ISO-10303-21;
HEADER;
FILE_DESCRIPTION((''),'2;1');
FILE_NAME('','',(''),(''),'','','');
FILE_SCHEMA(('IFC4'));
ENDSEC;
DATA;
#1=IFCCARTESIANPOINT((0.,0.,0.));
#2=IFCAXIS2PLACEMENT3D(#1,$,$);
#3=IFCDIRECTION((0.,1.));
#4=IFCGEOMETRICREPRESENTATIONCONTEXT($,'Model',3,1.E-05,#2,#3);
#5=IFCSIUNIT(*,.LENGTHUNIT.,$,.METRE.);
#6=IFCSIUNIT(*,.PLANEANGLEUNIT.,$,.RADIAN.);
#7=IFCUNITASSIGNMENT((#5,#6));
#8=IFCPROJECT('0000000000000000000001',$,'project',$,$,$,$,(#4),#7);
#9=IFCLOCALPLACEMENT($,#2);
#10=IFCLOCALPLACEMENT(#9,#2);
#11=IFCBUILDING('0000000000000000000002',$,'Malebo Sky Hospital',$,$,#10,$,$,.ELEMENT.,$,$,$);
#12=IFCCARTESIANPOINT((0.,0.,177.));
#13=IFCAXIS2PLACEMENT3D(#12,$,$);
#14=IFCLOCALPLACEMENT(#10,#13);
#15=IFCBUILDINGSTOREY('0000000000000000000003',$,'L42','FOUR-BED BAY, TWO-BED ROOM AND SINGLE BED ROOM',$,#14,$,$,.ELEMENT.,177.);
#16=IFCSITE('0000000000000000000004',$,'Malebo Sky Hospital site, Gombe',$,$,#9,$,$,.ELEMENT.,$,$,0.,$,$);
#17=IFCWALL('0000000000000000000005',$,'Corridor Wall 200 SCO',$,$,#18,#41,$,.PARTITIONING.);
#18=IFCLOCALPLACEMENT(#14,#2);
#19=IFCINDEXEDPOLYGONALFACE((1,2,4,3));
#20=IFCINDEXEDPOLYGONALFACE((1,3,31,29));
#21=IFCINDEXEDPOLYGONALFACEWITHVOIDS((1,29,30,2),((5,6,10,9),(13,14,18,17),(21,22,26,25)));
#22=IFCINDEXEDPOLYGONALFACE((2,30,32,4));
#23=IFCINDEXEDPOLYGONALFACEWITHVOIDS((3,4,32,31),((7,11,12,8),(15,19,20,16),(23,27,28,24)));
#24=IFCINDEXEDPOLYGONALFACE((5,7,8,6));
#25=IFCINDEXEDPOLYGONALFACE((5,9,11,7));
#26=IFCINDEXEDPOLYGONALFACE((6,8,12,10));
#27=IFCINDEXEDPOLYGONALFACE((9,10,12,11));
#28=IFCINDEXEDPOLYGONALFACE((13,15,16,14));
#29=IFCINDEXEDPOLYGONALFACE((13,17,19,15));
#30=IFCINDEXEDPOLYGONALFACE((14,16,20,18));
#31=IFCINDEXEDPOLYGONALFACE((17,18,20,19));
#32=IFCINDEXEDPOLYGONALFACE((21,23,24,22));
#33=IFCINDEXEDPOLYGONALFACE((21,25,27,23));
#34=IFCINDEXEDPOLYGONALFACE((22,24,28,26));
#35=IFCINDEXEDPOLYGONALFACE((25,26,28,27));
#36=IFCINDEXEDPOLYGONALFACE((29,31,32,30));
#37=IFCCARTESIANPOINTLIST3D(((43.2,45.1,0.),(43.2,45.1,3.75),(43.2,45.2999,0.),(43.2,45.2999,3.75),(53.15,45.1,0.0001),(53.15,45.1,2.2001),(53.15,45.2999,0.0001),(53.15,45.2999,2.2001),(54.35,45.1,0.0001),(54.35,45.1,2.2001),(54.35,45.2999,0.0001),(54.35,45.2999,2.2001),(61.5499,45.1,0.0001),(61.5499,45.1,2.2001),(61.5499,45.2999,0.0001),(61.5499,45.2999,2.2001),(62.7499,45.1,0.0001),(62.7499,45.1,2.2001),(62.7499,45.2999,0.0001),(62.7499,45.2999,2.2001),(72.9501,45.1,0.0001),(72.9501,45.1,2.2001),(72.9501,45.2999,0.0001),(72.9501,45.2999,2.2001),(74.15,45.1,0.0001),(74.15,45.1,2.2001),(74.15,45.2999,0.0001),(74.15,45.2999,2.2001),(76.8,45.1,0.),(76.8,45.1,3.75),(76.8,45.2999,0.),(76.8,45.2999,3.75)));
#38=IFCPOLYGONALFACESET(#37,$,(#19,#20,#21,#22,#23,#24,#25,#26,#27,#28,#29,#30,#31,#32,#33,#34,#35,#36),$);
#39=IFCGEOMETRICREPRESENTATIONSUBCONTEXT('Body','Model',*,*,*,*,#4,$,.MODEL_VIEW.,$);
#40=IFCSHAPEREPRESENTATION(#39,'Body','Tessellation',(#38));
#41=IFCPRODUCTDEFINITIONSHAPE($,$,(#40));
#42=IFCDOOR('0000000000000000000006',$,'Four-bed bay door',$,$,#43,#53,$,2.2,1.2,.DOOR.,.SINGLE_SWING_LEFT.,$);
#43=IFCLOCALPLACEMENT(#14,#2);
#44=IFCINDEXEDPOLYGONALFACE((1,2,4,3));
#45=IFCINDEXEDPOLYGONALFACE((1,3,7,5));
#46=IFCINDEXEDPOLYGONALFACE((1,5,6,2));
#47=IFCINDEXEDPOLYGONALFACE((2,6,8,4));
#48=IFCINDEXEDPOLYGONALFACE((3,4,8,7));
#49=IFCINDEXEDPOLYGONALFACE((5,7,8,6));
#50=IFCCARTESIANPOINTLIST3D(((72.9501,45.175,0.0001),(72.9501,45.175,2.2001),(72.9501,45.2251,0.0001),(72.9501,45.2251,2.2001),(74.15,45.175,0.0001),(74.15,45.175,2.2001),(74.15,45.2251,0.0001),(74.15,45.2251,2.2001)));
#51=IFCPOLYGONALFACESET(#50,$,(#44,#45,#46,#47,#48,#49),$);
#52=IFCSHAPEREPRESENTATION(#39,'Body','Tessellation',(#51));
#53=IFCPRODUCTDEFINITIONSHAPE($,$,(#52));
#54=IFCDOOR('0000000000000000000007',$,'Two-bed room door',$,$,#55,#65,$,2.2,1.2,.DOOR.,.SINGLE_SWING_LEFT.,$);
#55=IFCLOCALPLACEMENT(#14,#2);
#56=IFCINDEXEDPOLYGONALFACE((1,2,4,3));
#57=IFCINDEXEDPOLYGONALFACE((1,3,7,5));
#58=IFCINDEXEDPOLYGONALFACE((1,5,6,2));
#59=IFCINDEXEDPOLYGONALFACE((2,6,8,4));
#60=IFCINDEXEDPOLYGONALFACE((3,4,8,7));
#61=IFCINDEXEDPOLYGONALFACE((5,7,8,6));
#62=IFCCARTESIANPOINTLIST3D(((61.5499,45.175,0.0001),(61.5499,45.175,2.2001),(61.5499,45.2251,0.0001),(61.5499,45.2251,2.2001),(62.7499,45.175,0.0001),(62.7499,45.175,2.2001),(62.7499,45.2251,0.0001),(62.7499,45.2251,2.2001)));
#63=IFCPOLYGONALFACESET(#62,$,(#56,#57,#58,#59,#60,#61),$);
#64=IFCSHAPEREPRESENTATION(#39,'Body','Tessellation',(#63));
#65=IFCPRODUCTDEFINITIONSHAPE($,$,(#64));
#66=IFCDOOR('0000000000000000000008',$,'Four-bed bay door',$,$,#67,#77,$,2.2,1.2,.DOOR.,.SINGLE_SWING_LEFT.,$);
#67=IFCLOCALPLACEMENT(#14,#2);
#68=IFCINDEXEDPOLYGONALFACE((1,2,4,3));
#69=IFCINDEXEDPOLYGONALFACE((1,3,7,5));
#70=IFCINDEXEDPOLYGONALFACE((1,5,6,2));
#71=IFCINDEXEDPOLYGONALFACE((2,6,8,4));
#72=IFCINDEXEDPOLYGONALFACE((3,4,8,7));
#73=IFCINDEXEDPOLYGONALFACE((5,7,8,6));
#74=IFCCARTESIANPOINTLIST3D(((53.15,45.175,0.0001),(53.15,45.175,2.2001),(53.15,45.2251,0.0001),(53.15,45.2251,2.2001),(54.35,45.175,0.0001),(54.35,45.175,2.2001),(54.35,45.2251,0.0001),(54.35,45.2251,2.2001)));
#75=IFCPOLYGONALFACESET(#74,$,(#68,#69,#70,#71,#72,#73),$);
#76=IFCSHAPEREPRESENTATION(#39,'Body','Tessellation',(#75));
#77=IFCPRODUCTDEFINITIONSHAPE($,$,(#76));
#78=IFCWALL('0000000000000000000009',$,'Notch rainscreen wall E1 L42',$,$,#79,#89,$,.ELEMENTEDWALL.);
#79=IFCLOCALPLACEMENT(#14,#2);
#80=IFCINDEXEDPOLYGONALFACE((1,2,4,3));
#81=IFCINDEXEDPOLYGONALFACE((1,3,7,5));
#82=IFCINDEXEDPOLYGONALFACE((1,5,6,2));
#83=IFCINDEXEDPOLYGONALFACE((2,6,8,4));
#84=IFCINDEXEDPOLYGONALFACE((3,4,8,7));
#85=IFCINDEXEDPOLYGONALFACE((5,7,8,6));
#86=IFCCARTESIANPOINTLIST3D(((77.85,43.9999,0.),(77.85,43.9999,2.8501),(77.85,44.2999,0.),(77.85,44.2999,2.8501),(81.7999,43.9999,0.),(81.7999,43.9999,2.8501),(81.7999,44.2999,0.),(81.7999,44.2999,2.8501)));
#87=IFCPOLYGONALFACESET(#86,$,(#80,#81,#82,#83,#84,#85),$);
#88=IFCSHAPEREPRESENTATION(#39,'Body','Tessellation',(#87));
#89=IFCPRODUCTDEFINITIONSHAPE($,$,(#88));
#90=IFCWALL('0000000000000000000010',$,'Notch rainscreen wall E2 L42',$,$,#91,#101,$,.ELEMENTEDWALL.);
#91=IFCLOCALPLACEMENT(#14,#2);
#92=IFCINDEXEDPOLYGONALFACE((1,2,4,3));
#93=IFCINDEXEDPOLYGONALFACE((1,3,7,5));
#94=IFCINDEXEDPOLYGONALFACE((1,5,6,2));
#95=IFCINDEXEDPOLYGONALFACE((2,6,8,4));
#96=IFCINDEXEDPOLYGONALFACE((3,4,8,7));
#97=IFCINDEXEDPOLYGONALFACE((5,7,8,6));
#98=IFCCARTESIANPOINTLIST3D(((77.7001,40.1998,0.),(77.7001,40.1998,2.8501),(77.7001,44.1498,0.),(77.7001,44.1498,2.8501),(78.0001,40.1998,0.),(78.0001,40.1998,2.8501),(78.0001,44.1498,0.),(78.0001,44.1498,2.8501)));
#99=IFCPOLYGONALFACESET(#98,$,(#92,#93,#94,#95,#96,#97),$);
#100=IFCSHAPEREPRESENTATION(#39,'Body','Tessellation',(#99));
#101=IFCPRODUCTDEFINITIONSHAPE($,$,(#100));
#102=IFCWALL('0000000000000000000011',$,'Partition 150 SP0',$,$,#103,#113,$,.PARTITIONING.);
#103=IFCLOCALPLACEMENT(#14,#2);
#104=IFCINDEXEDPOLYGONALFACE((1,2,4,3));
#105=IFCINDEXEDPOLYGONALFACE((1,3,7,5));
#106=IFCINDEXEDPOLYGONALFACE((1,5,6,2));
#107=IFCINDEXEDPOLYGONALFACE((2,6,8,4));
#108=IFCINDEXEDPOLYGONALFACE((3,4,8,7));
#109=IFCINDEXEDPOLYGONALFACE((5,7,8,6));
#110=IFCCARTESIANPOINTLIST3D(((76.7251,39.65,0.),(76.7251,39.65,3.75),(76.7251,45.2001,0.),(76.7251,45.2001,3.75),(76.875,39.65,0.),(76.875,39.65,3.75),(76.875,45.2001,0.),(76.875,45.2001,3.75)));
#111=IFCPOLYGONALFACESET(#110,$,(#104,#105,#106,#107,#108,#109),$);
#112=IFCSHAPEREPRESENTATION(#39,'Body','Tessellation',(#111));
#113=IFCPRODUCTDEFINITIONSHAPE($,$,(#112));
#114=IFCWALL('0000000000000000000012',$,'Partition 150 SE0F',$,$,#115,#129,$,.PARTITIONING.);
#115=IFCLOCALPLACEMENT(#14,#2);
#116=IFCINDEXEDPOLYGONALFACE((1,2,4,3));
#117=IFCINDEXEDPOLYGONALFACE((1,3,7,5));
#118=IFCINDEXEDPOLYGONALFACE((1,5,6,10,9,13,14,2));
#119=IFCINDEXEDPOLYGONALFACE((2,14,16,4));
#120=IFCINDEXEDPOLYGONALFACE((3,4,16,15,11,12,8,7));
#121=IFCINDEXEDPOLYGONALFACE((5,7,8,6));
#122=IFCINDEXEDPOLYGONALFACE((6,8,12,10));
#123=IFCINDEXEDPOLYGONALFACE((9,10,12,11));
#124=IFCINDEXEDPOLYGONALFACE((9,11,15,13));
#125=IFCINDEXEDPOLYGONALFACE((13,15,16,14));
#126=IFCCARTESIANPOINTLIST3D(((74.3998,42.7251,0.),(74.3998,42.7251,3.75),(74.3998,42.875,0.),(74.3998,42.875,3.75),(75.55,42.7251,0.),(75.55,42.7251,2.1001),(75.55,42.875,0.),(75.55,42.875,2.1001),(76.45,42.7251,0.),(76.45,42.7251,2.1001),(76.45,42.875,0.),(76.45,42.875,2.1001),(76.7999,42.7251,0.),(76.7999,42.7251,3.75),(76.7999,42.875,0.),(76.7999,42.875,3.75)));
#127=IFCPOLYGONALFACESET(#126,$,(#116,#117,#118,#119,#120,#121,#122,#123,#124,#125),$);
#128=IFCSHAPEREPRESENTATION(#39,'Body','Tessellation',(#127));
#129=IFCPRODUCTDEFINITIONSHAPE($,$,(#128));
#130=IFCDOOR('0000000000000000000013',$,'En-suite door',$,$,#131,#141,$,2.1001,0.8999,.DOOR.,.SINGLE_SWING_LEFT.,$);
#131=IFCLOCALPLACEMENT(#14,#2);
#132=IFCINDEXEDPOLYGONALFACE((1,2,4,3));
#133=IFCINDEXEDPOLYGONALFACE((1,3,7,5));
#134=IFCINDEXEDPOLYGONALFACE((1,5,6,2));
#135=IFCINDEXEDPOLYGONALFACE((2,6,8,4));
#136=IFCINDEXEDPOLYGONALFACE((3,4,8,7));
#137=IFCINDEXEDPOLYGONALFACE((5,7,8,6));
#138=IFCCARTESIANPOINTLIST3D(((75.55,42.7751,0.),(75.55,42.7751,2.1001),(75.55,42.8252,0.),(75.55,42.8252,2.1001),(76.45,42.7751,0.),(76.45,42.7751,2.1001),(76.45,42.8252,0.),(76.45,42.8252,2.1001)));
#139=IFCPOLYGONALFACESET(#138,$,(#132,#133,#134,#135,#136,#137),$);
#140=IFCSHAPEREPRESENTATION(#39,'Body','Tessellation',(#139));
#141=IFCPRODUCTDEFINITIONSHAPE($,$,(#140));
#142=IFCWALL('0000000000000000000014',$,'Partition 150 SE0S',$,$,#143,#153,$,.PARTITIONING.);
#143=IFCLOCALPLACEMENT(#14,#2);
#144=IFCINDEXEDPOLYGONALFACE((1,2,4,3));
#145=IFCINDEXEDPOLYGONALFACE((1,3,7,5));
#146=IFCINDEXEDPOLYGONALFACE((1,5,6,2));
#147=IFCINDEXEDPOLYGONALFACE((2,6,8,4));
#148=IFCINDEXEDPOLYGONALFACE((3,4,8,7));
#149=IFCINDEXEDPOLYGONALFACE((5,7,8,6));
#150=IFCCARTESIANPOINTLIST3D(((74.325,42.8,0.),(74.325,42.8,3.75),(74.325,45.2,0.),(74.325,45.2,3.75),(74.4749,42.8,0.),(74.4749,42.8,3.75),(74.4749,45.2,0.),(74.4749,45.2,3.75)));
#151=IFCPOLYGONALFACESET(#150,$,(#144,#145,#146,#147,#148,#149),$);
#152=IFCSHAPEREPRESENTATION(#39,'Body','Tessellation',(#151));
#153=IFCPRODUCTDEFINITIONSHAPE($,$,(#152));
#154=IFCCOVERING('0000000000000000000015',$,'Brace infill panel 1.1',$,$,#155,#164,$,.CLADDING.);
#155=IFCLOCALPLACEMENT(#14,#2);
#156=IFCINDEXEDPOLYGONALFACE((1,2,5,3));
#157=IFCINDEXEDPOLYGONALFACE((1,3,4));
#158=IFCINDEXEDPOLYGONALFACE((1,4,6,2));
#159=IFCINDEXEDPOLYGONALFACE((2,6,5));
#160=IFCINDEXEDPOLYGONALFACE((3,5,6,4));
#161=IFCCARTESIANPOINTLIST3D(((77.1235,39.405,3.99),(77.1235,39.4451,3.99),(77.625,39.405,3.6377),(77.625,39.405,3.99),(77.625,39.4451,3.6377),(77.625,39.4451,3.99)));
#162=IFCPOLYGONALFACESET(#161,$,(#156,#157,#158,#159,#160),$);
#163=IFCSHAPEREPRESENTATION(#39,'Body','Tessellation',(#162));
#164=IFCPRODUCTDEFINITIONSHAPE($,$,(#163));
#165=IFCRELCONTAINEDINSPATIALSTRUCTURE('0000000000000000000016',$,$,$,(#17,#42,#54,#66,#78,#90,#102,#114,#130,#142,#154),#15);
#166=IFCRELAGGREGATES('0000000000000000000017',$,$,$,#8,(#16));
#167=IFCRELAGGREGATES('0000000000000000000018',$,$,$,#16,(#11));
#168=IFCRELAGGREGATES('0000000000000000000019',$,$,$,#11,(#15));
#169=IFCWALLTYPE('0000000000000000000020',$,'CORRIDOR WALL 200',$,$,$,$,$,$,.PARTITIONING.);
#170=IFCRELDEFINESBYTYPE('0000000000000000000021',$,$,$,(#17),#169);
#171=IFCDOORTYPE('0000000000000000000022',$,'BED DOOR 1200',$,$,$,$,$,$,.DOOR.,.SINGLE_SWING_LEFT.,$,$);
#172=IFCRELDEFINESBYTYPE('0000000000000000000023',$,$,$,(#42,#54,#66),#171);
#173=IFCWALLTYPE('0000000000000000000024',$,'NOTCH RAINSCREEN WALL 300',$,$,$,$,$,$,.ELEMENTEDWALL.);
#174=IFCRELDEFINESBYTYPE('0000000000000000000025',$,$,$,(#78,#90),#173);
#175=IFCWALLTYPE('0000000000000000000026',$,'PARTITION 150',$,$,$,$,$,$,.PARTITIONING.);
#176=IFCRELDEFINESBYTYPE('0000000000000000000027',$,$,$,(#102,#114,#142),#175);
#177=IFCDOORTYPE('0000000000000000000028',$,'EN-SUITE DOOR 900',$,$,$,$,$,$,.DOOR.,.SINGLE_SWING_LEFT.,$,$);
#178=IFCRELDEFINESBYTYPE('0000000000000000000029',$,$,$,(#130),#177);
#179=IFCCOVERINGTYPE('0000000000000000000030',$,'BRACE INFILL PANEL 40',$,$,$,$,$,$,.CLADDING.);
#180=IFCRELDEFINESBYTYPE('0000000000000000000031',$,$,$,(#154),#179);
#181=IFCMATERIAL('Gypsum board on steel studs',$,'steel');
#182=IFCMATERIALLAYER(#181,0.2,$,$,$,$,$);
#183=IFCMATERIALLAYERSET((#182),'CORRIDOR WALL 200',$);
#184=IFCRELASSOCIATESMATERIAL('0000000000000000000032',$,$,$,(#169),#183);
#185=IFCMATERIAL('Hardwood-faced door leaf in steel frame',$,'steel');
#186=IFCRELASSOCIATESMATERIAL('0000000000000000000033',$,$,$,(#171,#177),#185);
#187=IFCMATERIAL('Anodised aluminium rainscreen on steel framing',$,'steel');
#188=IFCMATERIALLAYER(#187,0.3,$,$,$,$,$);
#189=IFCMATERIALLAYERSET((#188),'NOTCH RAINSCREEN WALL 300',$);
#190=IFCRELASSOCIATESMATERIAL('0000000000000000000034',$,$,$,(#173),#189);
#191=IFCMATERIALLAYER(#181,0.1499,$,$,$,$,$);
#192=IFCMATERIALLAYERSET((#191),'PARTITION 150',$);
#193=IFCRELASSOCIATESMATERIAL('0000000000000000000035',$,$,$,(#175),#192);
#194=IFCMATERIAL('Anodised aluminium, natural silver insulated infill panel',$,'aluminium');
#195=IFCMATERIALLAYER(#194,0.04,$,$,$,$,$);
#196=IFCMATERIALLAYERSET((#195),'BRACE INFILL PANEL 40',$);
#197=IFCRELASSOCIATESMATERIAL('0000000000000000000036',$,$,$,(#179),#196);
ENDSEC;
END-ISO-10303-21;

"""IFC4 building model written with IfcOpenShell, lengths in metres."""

from ifc_helpers import new_model, si_unit, direction, frame, frame_2d, origin, place, context, subcontext, project, spatial, polyline, rectangle, outline, extrude, material, layer, layer_set, type_object, element, fill, save


model = new_model("IFC4")

# Units and contexts
model_context = context("Model", 3, precision=1e-05, world=origin(), true_north=direction((0.0, 1.0)))
body_context = subcontext(model_context, "Body", "Model", "MODEL_VIEW")
ifc_project = project(units=[si_unit("LENGTHUNIT", "METRE"), si_unit("PLANEANGLEUNIT", "RADIAN")], contexts=[model_context])

# Site, building, storey
site_placement = place(None, origin())
site = spatial("IfcSite", under=ifc_project, at=site_placement, Name="Malebo Sky Hospital site, Gombe", CompositionType="ELEMENT", RefElevation=0.0)
building_placement = place(site_placement, origin())
building = spatial("IfcBuilding", under=site, at=building_placement, Name="Malebo Sky Hospital", CompositionType="ELEMENT")
storey_placement = place(building_placement, frame((0.0, 0.0, 177.0)))
storey = spatial("IfcBuildingStorey", under=building, at=storey_placement, Name="L42", Description="FOUR-BED BAY, TWO-BED ROOM AND SINGLE BED ROOM", CompositionType="ELEMENT", Elevation=177.0)

# Wall, openings, doors
ifc_material_1 = material(Name="Gypsum board on steel studs", Category="steel")
ifc_layer_1 = layer(ifc_material_1, 0.2)
ifc_layer_set_1 = layer_set([ifc_layer_1], Name="CORRIDOR WALL 200")
wall_type_1 = type_object("IfcWallType", Name="CORRIDOR WALL 200", PredefinedType="PARTITIONING", material=ifc_layer_set_1)
wall_1_placement = place(storey_placement, frame((76.8, 45.2, 0.0), z_axis=(0.0, 0.0, 1.0), x_axis=(-1.0, 0.0, 0.0)))
wall_1 = element("IfcWall", 1, at=wall_1_placement, inside=storey, type_object=wall_type_1, Name="Corridor Wall 200 SCO", PredefinedType="PARTITIONING", context=body_context, shape_type="SweptSolid", body=[
    extrude(rectangle(XDim=33.6001, YDim=0.2, at=frame_2d((16.8, 0.0))), origin(), (0.0, 0.0, 1.0), 3.75),
])
opening_1_placement = place(wall_1_placement, frame((2.6499, 0.0, 0.0)))
opening_1 = element("IfcOpeningElement", 2, at=opening_1_placement, cuts=wall_1, PredefinedType="OPENING", context=body_context, shape_type="SweptSolid", body=[
    extrude(rectangle(XDim=1.2, YDim=2.2, at=frame_2d((0.6001, 1.1001))), frame((0.0, 0.1099, 0.0), z_axis=(0.0, -1.0, 0.0), x_axis=(1.0, 0.0, 0.0)), (0.0, 0.0, 1.0), 0.22),
])
opening_2_placement = place(wall_1_placement, frame((14.05, 0.0, 0.0)))
opening_2 = element("IfcOpeningElement", 3, at=opening_2_placement, cuts=wall_1, PredefinedType="OPENING", context=body_context, shape_type="SweptSolid", body=[
    extrude(rectangle(XDim=1.2, YDim=2.2, at=frame_2d((0.6001, 1.1001))), frame((0.0, 0.1099, 0.0), z_axis=(0.0, -1.0, 0.0), x_axis=(1.0, 0.0, 0.0)), (0.0, 0.0, 1.0), 0.22),
])
opening_3_placement = place(wall_1_placement, frame((22.45, 0.0, 0.0)))
opening_3 = element("IfcOpeningElement", 4, at=opening_3_placement, cuts=wall_1, PredefinedType="OPENING", context=body_context, shape_type="SweptSolid", body=[
    extrude(rectangle(XDim=1.2, YDim=2.2, at=frame_2d((0.6001, 1.1001))), frame((0.0, 0.1099, 0.0), z_axis=(0.0, -1.0, 0.0), x_axis=(1.0, 0.0, 0.0)), (0.0, 0.0, 1.0), 0.22),
])
ifc_material_2 = material(Name="Hardwood-faced door leaf in steel frame", Category="steel")
door_type_1 = type_object("IfcDoorType", Name="BED DOOR 1200", OperationType="SINGLE_SWING_LEFT", PredefinedType="DOOR", material=ifc_material_2)
door_1_placement = place(opening_1_placement, origin())
door_1 = element("IfcDoor", 5, at=door_1_placement, inside=storey, type_object=door_type_1, Name="Four-bed bay door", OperationType="SINGLE_SWING_LEFT", OverallHeight=2.2, OverallWidth=1.2, PredefinedType="DOOR", context=body_context, shape_type="SweptSolid", body=[
    extrude(rectangle(XDim=1.2, YDim=2.2, at=frame_2d((0.6001, 1.1001))), frame((0.0, 0.0249, 0.0), z_axis=(0.0, -1.0, 0.0), x_axis=(1.0, 0.0, 0.0)), (0.0, 0.0, 1.0), 0.05),
])
fill(opening_1, door_1)
door_2_placement = place(opening_2_placement, origin())
door_2 = element("IfcDoor", 6, at=door_2_placement, inside=storey, type_object=door_type_1, Name="Two-bed room door", OperationType="SINGLE_SWING_LEFT", OverallHeight=2.2, OverallWidth=1.2, PredefinedType="DOOR", context=body_context, shape_type="SweptSolid", body=[
    extrude(rectangle(XDim=1.2, YDim=2.2, at=frame_2d((0.6001, 1.1001))), frame((0.0, 0.0249, 0.0), z_axis=(0.0, -1.0, 0.0), x_axis=(1.0, 0.0, 0.0)), (0.0, 0.0, 1.0), 0.05),
])
fill(opening_2, door_2)
door_3_placement = place(opening_3_placement, origin())
door_3 = element("IfcDoor", 7, at=door_3_placement, inside=storey, type_object=door_type_1, Name="Four-bed bay door", OperationType="SINGLE_SWING_LEFT", OverallHeight=2.2, OverallWidth=1.2, PredefinedType="DOOR", context=body_context, shape_type="SweptSolid", body=[
    extrude(rectangle(XDim=1.2, YDim=2.2, at=frame_2d((0.6001, 1.1001))), frame((0.0, 0.0249, 0.0), z_axis=(0.0, -1.0, 0.0), x_axis=(1.0, 0.0, 0.0)), (0.0, 0.0, 1.0), 0.05),
])
fill(opening_3, door_3)

# Walls
ifc_material_3 = material(Name="Anodised aluminium rainscreen on steel framing", Category="steel")
ifc_layer_2 = layer(ifc_material_3, 0.3)
ifc_layer_set_2 = layer_set([ifc_layer_2], Name="NOTCH RAINSCREEN WALL 300")
wall_type_2 = type_object("IfcWallType", Name="NOTCH RAINSCREEN WALL 300", PredefinedType="ELEMENTEDWALL", material=ifc_layer_set_2)
for number, where, z_axis, x_axis, name in (
    (8, (81.8, 44.1499, 0.0), (0.0, 0.0, 1.0), (-1.0, 0.0, 0.0), "Notch rainscreen wall E1 L42"),
    (9, (77.8501, 44.1499, 0.0), (0.0, 0.0, 1.0), (0.0, -1.0, 0.0), "Notch rainscreen wall E2 L42"),
):
    element("IfcWall", number, at=place(storey_placement, frame(where, z_axis=z_axis, x_axis=x_axis)), inside=storey, type_object=wall_type_2, Name=name, PredefinedType="ELEMENTEDWALL", context=body_context, shape_type="SweptSolid", body=[
        extrude(rectangle(XDim=3.95, YDim=0.3, at=frame_2d((1.9751, 0.0))), origin(), (0.0, 0.0, 1.0), 2.8501),
    ])
ifc_layer_3 = layer(ifc_material_1, 0.1499)
ifc_layer_set_3 = layer_set([ifc_layer_3], Name="PARTITION 150")
wall_type_3 = type_object("IfcWallType", Name="PARTITION 150", PredefinedType="PARTITIONING", material=ifc_layer_set_3)
wall_2_placement = place(storey_placement, frame((76.8, 45.2, 0.0), z_axis=(0.0, 0.0, 1.0), x_axis=(0.0, -1.0, 0.0)))
element("IfcWall", 10, at=wall_2_placement, inside=storey, type_object=wall_type_3, Name="Partition 150 SP0", PredefinedType="PARTITIONING", context=body_context, shape_type="SweptSolid", body=[
    extrude(rectangle(XDim=5.55, YDim=0.1499, at=frame_2d((2.7749, 0.0))), origin(), (0.0, 0.0, 1.0), 3.75),
])

# Wall, opening, door
wall_3_placement = place(storey_placement, frame((76.8, 42.8, 0.0), z_axis=(0.0, 0.0, 1.0), x_axis=(-1.0, 0.0, 0.0)))
wall_3 = element("IfcWall", 11, at=wall_3_placement, inside=storey, type_object=wall_type_3, Name="Partition 150 SE0F", PredefinedType="PARTITIONING", context=body_context, shape_type="SweptSolid", body=[
    extrude(rectangle(XDim=2.4001, YDim=0.1499, at=frame_2d((1.2002, 0.0))), origin(), (0.0, 0.0, 1.0), 3.75),
])
opening_4_placement = place(wall_3_placement, frame((0.3501, 0.0, 0.0)))
opening_4 = element("IfcOpeningElement", 12, at=opening_4_placement, cuts=wall_3, PredefinedType="OPENING", context=body_context, shape_type="SweptSolid", body=[
    extrude(rectangle(XDim=0.8999, YDim=2.1001, at=frame_2d((0.45, 1.05))), frame((0.0, 0.085, 0.0), z_axis=(0.0, -1.0, 0.0), x_axis=(1.0, 0.0, 0.0)), (0.0, 0.0, 1.0), 0.1699),
])
door_type_2 = type_object("IfcDoorType", Name="EN-SUITE DOOR 900", OperationType="SINGLE_SWING_LEFT", PredefinedType="DOOR", material=ifc_material_2)
door_4_placement = place(opening_4_placement, origin())
door_4 = element("IfcDoor", 13, at=door_4_placement, inside=storey, type_object=door_type_2, Name="En-suite door", OperationType="SINGLE_SWING_LEFT", OverallHeight=2.1001, OverallWidth=0.8999, PredefinedType="DOOR", context=body_context, shape_type="SweptSolid", body=[
    extrude(rectangle(XDim=0.8999, YDim=2.1001, at=frame_2d((0.45, 1.05))), frame((0.0, 0.0249, 0.0), z_axis=(0.0, -1.0, 0.0), x_axis=(1.0, 0.0, 0.0)), (0.0, 0.0, 1.0), 0.05),
])
fill(opening_4, door_4)

# Wall
wall_4_placement = place(storey_placement, frame((74.3999, 45.2, 0.0), z_axis=(0.0, 0.0, 1.0), x_axis=(0.0, -1.0, 0.0)))
element("IfcWall", 14, at=wall_4_placement, inside=storey, type_object=wall_type_3, Name="Partition 150 SE0S", PredefinedType="PARTITIONING", context=body_context, shape_type="SweptSolid", body=[
    extrude(rectangle(XDim=2.3999, YDim=0.1499, at=frame_2d((1.2, 0.0))), origin(), (0.0, 0.0, 1.0), 3.75),
])

# Covering
ifc_material_4 = material(Name="Anodised aluminium, natural silver insulated infill panel", Category="aluminium")
ifc_layer_4 = layer(ifc_material_4, 0.04)
ifc_layer_set_4 = layer_set([ifc_layer_4], Name="BRACE INFILL PANEL 40")
covering_type = type_object("IfcCoveringType", Name="BRACE INFILL PANEL 40", PredefinedType="CLADDING", material=ifc_layer_set_4)
covering_1_placement = place(storey_placement, frame((77.3743, 39.425, 3.6377), z_axis=(0.0, 0.0, 1.0), x_axis=(-1.0, 0.0, 0.0)))
element("IfcCovering", 15, at=covering_1_placement, inside=storey, type_object=covering_type, Name="Brace infill panel 1.1", PredefinedType="CLADDING", context=body_context, shape_type="SweptSolid", body=[
    extrude(outline(polyline([(-0.2507, 0.0), (0.2507, 0.3523), (-0.2507, 0.3523), (-0.2507, 0.0)])), frame((0.0, 0.02, 0.0), z_axis=(0.0, -1.0, 0.0), x_axis=(1.0, 0.0, 0.0)), (0.0, 0.0, 1.0), 0.04),
])

save(model, "model.ifc")
